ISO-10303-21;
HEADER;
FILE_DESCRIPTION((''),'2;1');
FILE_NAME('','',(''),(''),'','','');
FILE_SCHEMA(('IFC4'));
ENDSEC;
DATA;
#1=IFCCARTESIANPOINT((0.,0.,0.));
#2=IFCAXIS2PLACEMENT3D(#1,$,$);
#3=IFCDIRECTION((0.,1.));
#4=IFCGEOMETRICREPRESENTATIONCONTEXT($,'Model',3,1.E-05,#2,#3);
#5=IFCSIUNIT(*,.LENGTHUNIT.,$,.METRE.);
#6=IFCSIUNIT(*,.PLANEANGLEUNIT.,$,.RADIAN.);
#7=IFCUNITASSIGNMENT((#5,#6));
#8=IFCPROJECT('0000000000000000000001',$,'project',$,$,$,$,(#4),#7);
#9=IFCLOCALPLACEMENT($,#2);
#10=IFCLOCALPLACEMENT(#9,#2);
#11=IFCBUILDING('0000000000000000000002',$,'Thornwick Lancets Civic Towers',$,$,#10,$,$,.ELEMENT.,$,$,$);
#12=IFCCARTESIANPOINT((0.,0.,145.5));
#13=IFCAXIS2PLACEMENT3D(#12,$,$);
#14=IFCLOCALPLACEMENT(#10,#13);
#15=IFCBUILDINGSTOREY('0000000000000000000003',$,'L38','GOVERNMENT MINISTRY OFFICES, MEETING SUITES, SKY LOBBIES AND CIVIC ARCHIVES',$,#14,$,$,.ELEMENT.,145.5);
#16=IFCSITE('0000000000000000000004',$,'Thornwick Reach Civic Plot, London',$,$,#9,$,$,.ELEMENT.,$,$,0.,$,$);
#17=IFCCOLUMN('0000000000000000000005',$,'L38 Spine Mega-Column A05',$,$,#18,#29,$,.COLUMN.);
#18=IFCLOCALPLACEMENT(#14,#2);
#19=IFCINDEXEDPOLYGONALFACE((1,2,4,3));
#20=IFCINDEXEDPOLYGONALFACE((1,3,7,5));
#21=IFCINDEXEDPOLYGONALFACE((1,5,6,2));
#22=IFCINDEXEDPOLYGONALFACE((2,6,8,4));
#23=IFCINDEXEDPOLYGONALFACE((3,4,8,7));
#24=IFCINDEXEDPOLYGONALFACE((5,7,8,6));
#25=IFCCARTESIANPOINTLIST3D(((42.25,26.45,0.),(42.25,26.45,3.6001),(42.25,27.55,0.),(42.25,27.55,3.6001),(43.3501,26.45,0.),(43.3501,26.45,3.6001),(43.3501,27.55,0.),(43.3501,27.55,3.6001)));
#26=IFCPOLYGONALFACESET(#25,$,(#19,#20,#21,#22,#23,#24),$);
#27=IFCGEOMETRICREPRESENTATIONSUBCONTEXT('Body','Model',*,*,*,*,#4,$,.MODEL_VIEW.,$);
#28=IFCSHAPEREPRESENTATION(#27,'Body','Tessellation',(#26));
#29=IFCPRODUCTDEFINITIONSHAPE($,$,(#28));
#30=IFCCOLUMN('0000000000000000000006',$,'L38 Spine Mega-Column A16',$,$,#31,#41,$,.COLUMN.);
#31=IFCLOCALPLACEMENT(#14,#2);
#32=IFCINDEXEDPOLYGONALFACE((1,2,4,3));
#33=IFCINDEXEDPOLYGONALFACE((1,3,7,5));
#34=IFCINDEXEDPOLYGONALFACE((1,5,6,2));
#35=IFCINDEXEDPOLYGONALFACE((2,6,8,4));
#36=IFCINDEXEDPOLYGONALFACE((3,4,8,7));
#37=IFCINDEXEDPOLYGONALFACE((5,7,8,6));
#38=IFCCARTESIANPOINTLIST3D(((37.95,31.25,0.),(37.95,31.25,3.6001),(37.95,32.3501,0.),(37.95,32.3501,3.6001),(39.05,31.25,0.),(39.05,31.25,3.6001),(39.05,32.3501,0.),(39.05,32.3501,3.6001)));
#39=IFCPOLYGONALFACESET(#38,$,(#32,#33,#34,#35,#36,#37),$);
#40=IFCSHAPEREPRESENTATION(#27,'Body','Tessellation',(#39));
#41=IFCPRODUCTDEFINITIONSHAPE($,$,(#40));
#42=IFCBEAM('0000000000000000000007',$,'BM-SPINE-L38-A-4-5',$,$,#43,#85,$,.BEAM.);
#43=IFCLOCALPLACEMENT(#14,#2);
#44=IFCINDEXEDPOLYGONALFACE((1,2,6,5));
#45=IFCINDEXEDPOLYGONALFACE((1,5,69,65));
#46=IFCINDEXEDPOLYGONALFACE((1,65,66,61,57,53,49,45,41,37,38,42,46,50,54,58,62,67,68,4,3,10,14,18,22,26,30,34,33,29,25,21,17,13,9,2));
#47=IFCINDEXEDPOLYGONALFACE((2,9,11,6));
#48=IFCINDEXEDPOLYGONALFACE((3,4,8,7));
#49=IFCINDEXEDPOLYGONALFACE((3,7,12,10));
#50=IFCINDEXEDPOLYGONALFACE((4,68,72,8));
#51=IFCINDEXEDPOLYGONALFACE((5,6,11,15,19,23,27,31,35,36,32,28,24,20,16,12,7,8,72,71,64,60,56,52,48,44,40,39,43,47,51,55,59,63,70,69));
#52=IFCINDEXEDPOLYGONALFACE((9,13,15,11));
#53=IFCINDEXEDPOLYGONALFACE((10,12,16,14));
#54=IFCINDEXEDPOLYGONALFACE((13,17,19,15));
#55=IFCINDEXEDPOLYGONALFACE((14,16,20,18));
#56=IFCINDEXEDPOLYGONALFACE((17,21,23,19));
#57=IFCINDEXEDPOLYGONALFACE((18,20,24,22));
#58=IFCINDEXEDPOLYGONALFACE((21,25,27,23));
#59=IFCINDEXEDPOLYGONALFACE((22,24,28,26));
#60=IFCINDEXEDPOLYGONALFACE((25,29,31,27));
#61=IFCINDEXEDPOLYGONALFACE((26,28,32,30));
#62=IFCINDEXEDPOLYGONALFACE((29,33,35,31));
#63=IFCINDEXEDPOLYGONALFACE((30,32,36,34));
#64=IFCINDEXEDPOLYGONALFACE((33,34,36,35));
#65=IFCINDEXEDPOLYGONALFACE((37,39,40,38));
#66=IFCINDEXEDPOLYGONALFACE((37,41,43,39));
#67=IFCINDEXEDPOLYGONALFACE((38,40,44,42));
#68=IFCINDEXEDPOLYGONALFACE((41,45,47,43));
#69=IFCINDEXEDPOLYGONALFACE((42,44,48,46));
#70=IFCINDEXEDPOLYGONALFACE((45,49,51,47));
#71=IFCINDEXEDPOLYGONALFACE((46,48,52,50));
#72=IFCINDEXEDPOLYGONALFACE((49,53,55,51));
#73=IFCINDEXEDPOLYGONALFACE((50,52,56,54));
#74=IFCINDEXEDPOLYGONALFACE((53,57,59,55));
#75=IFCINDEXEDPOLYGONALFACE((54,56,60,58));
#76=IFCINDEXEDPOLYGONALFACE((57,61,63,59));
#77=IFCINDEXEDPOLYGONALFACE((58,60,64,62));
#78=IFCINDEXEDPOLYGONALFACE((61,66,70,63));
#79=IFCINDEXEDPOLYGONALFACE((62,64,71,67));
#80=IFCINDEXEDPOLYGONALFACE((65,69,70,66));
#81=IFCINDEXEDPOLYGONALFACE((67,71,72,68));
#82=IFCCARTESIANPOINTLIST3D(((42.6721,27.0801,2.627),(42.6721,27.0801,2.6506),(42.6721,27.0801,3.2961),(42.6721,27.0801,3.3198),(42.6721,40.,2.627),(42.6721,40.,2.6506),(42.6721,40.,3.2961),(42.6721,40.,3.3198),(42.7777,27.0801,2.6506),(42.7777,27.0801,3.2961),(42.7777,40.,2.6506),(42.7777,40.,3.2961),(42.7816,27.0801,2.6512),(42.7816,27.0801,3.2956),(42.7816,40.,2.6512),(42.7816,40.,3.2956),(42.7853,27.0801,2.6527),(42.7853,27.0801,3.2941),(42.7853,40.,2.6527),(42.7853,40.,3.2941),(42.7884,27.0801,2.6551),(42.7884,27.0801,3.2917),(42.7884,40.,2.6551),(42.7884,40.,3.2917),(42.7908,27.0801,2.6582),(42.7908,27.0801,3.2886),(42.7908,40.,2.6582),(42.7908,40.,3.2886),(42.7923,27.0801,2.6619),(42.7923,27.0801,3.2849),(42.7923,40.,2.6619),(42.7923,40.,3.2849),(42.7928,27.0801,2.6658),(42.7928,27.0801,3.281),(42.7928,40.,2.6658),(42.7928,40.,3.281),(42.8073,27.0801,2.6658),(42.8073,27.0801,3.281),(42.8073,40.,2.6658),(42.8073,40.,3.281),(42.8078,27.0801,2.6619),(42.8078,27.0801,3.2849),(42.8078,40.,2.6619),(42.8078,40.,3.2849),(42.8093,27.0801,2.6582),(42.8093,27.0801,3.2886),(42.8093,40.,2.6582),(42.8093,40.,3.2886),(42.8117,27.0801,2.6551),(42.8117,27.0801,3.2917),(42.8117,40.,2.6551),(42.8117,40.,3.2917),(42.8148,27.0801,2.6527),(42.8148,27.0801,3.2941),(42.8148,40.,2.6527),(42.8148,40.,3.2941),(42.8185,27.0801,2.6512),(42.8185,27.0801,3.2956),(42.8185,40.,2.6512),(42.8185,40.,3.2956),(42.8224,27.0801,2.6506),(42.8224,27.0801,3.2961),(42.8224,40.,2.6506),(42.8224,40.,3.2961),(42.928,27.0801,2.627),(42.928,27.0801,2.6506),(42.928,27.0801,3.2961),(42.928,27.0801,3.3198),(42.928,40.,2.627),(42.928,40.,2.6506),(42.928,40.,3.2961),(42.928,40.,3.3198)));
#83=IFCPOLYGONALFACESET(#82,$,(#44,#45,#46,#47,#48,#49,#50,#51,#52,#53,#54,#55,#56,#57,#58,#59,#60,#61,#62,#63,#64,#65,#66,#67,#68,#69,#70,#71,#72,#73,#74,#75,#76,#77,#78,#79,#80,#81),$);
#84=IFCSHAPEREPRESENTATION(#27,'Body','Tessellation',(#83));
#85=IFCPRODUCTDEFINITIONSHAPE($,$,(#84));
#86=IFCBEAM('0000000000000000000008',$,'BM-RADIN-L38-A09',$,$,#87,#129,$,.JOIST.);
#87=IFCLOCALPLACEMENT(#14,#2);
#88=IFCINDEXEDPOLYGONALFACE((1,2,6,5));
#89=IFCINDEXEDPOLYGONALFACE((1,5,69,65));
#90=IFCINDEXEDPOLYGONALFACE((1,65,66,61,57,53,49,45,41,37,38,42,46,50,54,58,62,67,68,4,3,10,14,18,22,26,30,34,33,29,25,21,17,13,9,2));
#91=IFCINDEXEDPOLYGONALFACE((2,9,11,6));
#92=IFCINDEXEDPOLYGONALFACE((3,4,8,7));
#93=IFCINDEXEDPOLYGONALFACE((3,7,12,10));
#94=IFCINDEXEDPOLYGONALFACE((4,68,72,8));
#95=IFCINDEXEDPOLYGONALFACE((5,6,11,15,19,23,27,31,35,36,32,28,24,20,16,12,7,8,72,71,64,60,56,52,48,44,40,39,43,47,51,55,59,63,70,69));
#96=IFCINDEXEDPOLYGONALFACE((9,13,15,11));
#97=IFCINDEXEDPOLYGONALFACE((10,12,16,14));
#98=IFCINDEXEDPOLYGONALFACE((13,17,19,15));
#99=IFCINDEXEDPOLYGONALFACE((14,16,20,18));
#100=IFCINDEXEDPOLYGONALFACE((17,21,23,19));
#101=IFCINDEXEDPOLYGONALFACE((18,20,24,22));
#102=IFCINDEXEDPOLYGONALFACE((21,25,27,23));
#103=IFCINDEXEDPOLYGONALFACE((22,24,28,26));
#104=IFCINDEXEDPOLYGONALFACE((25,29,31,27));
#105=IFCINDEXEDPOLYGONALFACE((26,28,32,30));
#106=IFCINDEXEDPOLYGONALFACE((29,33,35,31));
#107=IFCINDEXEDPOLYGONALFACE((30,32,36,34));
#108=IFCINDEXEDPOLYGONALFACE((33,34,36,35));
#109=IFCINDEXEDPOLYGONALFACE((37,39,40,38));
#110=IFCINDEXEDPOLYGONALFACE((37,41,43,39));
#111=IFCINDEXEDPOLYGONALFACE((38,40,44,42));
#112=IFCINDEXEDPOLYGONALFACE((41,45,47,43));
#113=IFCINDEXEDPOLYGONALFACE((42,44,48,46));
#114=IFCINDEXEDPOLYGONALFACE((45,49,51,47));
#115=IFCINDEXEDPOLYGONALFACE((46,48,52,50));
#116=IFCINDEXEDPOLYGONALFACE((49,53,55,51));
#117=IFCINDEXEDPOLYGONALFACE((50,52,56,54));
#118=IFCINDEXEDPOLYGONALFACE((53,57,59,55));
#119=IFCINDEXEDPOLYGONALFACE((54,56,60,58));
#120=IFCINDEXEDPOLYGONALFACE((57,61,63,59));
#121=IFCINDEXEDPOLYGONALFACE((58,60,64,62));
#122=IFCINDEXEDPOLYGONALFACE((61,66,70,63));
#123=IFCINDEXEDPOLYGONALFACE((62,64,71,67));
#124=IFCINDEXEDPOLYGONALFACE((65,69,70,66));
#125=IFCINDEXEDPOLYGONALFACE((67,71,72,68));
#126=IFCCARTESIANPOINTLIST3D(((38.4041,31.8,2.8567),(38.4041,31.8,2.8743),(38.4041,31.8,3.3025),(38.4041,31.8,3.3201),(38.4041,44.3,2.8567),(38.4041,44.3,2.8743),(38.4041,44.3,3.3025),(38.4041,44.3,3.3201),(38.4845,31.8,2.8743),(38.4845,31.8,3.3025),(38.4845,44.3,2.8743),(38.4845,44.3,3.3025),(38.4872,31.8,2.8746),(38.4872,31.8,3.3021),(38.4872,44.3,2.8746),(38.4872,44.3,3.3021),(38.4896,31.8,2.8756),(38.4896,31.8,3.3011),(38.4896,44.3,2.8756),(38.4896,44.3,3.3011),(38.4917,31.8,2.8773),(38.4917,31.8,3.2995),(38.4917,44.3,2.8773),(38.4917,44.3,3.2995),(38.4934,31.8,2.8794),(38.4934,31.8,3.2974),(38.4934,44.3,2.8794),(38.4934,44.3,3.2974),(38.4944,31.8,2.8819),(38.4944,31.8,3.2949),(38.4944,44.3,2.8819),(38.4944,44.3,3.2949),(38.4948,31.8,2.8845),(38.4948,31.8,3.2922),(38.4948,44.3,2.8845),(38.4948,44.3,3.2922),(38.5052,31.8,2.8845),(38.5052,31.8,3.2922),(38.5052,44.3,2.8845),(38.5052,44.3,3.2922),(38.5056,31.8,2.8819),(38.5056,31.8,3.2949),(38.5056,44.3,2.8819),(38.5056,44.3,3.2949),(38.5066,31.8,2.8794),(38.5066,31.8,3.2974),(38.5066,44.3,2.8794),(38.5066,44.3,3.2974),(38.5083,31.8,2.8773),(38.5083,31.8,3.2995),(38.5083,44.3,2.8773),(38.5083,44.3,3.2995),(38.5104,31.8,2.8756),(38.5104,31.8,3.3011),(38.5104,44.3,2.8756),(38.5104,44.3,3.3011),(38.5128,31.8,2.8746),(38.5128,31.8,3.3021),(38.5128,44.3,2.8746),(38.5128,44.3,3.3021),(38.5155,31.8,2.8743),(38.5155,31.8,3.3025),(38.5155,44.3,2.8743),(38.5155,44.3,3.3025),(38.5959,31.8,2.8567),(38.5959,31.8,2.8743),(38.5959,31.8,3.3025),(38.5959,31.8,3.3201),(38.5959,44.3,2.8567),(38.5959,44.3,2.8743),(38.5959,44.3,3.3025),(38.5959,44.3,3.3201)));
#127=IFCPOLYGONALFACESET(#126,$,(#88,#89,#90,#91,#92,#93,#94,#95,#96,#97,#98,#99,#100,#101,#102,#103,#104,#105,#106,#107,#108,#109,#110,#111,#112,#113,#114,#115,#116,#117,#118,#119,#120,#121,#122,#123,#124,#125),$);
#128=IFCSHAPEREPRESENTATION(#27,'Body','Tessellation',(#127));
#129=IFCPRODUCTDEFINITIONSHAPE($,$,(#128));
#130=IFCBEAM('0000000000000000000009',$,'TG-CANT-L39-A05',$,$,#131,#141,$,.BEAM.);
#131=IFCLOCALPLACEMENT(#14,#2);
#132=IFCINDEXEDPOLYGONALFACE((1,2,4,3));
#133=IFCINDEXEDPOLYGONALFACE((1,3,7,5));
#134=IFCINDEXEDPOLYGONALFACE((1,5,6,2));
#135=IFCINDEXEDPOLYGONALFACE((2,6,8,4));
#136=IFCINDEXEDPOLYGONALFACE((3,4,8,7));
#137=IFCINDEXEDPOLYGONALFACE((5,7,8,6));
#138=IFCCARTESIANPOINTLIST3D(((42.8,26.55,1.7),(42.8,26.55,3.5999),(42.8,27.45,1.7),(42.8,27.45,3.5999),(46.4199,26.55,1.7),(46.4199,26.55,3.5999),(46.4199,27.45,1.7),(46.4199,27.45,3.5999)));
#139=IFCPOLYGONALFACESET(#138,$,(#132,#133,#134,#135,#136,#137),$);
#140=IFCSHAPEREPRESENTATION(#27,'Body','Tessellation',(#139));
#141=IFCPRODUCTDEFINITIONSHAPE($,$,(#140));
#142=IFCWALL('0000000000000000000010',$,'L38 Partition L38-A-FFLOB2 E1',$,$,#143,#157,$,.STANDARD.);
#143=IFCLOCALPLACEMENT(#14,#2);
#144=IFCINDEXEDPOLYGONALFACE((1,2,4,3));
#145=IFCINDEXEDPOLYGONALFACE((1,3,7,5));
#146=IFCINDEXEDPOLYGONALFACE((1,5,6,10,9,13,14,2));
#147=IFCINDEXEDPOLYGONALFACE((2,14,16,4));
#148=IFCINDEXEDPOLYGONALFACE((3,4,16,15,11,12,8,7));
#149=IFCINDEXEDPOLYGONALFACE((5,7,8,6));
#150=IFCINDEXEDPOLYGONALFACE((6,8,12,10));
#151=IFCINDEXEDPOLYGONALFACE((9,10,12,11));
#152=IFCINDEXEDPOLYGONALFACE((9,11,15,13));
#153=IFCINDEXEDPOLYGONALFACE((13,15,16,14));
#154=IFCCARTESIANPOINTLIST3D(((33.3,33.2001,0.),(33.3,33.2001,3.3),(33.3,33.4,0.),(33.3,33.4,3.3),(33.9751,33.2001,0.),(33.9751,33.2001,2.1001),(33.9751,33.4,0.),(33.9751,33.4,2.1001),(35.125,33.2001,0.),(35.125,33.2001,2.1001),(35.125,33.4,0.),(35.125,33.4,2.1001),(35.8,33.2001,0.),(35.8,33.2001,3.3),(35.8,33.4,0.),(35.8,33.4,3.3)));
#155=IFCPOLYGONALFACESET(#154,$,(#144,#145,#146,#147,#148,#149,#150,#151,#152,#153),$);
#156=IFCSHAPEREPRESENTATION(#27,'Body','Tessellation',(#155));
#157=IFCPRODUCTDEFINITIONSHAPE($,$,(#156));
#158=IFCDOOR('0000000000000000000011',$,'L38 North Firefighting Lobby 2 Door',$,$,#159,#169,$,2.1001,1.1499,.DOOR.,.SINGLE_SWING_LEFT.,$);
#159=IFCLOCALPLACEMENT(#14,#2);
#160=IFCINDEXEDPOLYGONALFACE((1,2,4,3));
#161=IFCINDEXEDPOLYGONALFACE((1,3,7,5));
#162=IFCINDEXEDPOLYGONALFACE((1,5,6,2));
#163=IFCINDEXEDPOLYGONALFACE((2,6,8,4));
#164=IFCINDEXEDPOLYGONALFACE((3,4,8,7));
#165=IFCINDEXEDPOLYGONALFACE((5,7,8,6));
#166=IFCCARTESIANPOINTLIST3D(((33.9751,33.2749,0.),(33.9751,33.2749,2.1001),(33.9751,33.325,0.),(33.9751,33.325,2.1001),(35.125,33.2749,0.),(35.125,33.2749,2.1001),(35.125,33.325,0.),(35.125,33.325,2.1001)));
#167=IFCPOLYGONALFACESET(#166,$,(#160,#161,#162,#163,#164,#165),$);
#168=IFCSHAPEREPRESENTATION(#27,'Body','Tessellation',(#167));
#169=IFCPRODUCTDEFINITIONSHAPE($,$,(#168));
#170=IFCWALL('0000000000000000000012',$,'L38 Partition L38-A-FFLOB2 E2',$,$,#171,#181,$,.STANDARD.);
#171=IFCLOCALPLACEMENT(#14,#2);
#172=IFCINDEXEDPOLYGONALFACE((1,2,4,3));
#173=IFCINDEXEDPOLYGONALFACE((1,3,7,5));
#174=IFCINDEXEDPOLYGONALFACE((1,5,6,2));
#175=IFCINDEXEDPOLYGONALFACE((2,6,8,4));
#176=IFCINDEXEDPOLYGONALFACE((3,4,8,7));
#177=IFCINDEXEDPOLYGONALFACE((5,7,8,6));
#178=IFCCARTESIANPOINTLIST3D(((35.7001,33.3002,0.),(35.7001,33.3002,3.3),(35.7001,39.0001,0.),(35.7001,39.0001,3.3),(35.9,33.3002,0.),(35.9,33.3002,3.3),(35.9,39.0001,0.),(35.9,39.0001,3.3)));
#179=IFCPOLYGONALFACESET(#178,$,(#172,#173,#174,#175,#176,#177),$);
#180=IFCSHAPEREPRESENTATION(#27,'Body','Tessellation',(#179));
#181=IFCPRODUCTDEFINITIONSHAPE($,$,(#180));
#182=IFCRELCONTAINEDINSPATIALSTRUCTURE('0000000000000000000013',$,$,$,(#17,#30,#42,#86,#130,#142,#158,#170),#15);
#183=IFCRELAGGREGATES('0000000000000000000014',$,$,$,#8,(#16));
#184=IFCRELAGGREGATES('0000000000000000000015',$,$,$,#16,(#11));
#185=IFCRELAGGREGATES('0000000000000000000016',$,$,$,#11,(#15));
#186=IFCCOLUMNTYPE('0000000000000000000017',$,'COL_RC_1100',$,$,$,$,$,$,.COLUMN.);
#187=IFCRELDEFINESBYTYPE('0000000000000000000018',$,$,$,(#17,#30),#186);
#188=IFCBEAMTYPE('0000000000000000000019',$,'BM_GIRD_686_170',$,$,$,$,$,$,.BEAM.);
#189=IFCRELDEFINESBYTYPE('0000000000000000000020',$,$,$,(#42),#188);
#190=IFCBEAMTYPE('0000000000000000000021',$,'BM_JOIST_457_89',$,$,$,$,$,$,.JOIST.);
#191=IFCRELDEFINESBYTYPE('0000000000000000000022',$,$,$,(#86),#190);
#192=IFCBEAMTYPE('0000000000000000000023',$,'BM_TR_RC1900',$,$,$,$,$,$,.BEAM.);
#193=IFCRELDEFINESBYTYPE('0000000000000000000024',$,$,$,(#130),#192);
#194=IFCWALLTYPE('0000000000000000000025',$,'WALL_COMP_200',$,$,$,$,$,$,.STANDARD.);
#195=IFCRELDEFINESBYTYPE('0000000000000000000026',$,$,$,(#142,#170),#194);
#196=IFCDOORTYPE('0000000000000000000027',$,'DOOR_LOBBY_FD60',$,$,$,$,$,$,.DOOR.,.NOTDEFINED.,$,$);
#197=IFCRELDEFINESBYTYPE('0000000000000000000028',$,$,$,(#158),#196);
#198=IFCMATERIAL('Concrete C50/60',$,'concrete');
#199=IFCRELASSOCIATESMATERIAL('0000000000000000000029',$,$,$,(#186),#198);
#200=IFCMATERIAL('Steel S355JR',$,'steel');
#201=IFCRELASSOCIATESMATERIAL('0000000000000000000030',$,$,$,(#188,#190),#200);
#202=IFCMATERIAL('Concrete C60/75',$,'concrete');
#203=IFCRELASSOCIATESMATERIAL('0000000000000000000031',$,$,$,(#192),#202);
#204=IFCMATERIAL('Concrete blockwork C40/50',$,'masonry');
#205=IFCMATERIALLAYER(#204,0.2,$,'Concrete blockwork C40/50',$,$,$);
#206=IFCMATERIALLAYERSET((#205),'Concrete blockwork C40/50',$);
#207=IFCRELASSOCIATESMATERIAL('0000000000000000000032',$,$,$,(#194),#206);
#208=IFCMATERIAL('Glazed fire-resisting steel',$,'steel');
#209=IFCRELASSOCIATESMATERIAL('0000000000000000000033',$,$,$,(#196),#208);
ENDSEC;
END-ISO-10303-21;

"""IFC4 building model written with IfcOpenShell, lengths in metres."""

from ifc_helpers import new_model, si_unit, direction, frame, frame_2d, origin, origin_2d, place, context, subcontext, project, spatial, rectangle, i_section, extrude, material, layer, layer_set, material_profile, profile_set, type_object, element, fill, save


model = new_model("IFC4")

# Units and contexts
model_context = context("Model", 3, precision=1e-05, world=origin(), true_north=direction((0.0, 1.0)))
body_context = subcontext(model_context, "Body", "Model", "MODEL_VIEW")
ifc_project = project(units=[si_unit("LENGTHUNIT", "METRE"), si_unit("PLANEANGLEUNIT", "RADIAN")], contexts=[model_context])

# Site, building, storey
site_placement = place(None, origin())
site = spatial("IfcSite", under=ifc_project, at=site_placement, Name="Thornwick Reach Civic Plot, London", CompositionType="ELEMENT", RefElevation=0.0)
building_placement = place(site_placement, origin())
building = spatial("IfcBuilding", under=site, at=building_placement, Name="Thornwick Lancets Civic Towers", CompositionType="ELEMENT")
storey_placement = place(building_placement, frame((0.0, 0.0, 145.5)))
storey = spatial("IfcBuildingStorey", under=building, at=storey_placement, Name="L38", Description="GOVERNMENT MINISTRY OFFICES, MEETING SUITES, SKY LOBBIES AND CIVIC ARCHIVES", CompositionType="ELEMENT", Elevation=145.5)

# Columns
ifc_material_1 = material(Name="Concrete C50/60", Category="concrete")
ifc_material_profile_1 = material_profile(ifc_material_1, rectangle(XDim=1.1001, YDim=1.1001, at=origin_2d()), Name="RC 1100x1100")
ifc_profile_set_1 = profile_set([ifc_material_profile_1], Name="Concrete C50/60")
column_type = type_object("IfcColumnType", Name="COL_RC_1100", PredefinedType="COLUMN", material=ifc_profile_set_1)
for number, where, z_axis, x_axis, name in (
    (1, (42.8, 27.0, 0.0), (0.0, 0.0, 1.0), (1.0, 0.0, 0.0), "L38 Spine Mega-Column A05"),
    (2, (38.5, 31.8, 0.0), (0.0, 0.0, 1.0), (1.0, 0.0, 0.0), "L38 Spine Mega-Column A16"),
):
    element("IfcColumn", number, at=place(storey_placement, frame(where, z_axis=z_axis, x_axis=x_axis)), inside=storey, type_object=column_type, Name=name, PredefinedType="COLUMN", context=body_context, shape_type="SweptSolid", body=[
        extrude(rectangle(XDim=1.1001, YDim=1.1001, at=origin_2d()), origin(), (0.0, 0.0, 1.0), 3.6001),
    ])

# Beams
ifc_material_2 = material(Name="Steel S355JR", Category="steel")
ifc_material_profile_2 = material_profile(ifc_material_2, i_section(OverallWidth=0.2559, OverallDepth=0.6929, WebThickness=0.0144, FlangeThickness=0.0237, FilletRadius=0.0151, at=origin_2d()), Name="UKB 686x254x170")
ifc_profile_set_2 = profile_set([ifc_material_profile_2], Name="Steel S355JR")
beam_type_1 = type_object("IfcBeamType", Name="BM_GIRD_686_170", PredefinedType="BEAM", material=ifc_profile_set_2)
beam_1_placement = place(storey_placement, frame((42.8, 27.0801, 2.9734), z_axis=(0.0, 1.0, 0.0), x_axis=(-1.0, 0.0, 0.0)))
element("IfcBeam", 3, at=beam_1_placement, inside=storey, type_object=beam_type_1, Name="BM-SPINE-L38-A-4-5", PredefinedType="BEAM", context=body_context, shape_type="SweptSolid", body=[
    extrude(i_section(OverallWidth=0.2559, OverallDepth=0.6929, WebThickness=0.0144, FlangeThickness=0.0237, FilletRadius=0.0151, at=origin_2d()), origin(), (0.0, 0.0, 1.0), 12.9199),
])
ifc_material_profile_3 = material_profile(ifc_material_2, i_section(OverallWidth=0.1919, OverallDepth=0.4634, WebThickness=0.0105, FlangeThickness=0.0176, FilletRadius=0.0103, at=origin_2d()), Name="UKB 457x191x89")
ifc_profile_set_3 = profile_set([ifc_material_profile_3], Name="Steel S355JR")
beam_type_2 = type_object("IfcBeamType", Name="BM_JOIST_457_89", PredefinedType="JOIST", material=ifc_profile_set_3)
beam_2_placement = place(storey_placement, frame((38.5, 31.8, 3.0884), z_axis=(0.0, 1.0, 0.0), x_axis=(-1.0, 0.0, 0.0)))
element("IfcBeam", 4, at=beam_2_placement, inside=storey, type_object=beam_type_2, Name="BM-RADIN-L38-A09", PredefinedType="JOIST", context=body_context, shape_type="SweptSolid", body=[
    extrude(i_section(OverallWidth=0.1919, OverallDepth=0.4634, WebThickness=0.0105, FlangeThickness=0.0176, FilletRadius=0.0103, at=origin_2d()), origin(), (0.0, 0.0, 1.0), 12.5),
])
ifc_material_3 = material(Name="Concrete C60/75", Category="concrete")
ifc_material_profile_4 = material_profile(ifc_material_3, rectangle(XDim=0.8999, YDim=1.8999, at=origin_2d()), Name="RC 900x1900")
ifc_profile_set_4 = profile_set([ifc_material_profile_4], Name="Concrete C60/75")
beam_type_3 = type_object("IfcBeamType", Name="BM_TR_RC1900", PredefinedType="BEAM", material=ifc_profile_set_4)
beam_3_placement = place(storey_placement, frame((42.8, 27.0, 2.6499), z_axis=(1.0, 0.0, 0.0), x_axis=(0.0, 1.0, 0.0)))
element("IfcBeam", 5, at=beam_3_placement, inside=storey, type_object=beam_type_3, Name="TG-CANT-L39-A05", PredefinedType="BEAM", context=body_context, shape_type="SweptSolid", body=[
    extrude(rectangle(XDim=0.8999, YDim=1.8999, at=origin_2d()), origin(), (0.0, 0.0, 1.0), 3.6199),
])

# Wall, opening, door
ifc_material_4 = material(Name="Concrete blockwork C40/50", Category="masonry")
ifc_layer_1 = layer(ifc_material_4, 0.2, Name="Concrete blockwork C40/50")
ifc_layer_set_1 = layer_set([ifc_layer_1], Name="Concrete blockwork C40/50")
wall_type_1 = type_object("IfcWallType", Name="WALL_COMP_200", PredefinedType="STANDARD", material=ifc_layer_set_1)
wall_1_placement = place(storey_placement, frame((33.3, 33.3, 0.0), z_axis=(0.0, 0.0, 1.0), x_axis=(1.0, 0.0, 0.0)))
wall_1 = element("IfcWall", 6, at=wall_1_placement, inside=storey, type_object=wall_type_1, Name="L38 Partition L38-A-FFLOB2 E1", PredefinedType="STANDARD", context=body_context, shape_type="SweptSolid", body=[
    extrude(rectangle(XDim=2.5, YDim=0.2, at=frame_2d((1.25, 0.0))), origin(), (0.0, 0.0, 1.0), 3.3),
])
opening_1_placement = place(wall_1_placement, frame((0.675, 0.0, 0.0)))
opening_1 = element("IfcOpeningElement", 7, at=opening_1_placement, cuts=wall_1, PredefinedType="OPENING", context=body_context, shape_type="SweptSolid", body=[
    extrude(rectangle(XDim=1.1499, YDim=2.1001, at=frame_2d((0.575, 1.05))), frame((0.0, 0.1099, 0.0), z_axis=(0.0, -1.0, 0.0), x_axis=(1.0, 0.0, 0.0)), (0.0, 0.0, 1.0), 0.22),
])
ifc_material_5 = material(Name="Glazed fire-resisting steel", Category="steel")
door_type_1 = type_object("IfcDoorType", Name="DOOR_LOBBY_FD60", OperationType="NOTDEFINED", PredefinedType="DOOR", material=ifc_material_5)
door_1_placement = place(opening_1_placement, origin())
door_1 = element("IfcDoor", 8, at=door_1_placement, inside=storey, type_object=door_type_1, Name="L38 North Firefighting Lobby 2 Door", OperationType="SINGLE_SWING_LEFT", OverallHeight=2.1001, OverallWidth=1.1499, PredefinedType="DOOR", context=body_context, shape_type="SweptSolid", body=[
    extrude(rectangle(XDim=1.1499, YDim=2.1001, at=frame_2d((0.575, 1.05))), frame((0.0, 0.0249, 0.0), z_axis=(0.0, -1.0, 0.0), x_axis=(1.0, 0.0, 0.0)), (0.0, 0.0, 1.0), 0.05),
])
fill(opening_1, door_1)

# Wall
wall_2_placement = place(storey_placement, frame((35.8, 33.3, 0.0), z_axis=(0.0, 0.0, 1.0), x_axis=(0.0, 1.0, 0.0)))
element("IfcWall", 9, at=wall_2_placement, inside=storey, type_object=wall_type_1, Name="L38 Partition L38-A-FFLOB2 E2", PredefinedType="STANDARD", context=body_context, shape_type="SweptSolid", body=[
    extrude(rectangle(XDim=5.7, YDim=0.2, at=frame_2d((2.8501, 0.0))), origin(), (0.0, 0.0, 1.0), 3.3),
])

save(model, "model.ifc")
